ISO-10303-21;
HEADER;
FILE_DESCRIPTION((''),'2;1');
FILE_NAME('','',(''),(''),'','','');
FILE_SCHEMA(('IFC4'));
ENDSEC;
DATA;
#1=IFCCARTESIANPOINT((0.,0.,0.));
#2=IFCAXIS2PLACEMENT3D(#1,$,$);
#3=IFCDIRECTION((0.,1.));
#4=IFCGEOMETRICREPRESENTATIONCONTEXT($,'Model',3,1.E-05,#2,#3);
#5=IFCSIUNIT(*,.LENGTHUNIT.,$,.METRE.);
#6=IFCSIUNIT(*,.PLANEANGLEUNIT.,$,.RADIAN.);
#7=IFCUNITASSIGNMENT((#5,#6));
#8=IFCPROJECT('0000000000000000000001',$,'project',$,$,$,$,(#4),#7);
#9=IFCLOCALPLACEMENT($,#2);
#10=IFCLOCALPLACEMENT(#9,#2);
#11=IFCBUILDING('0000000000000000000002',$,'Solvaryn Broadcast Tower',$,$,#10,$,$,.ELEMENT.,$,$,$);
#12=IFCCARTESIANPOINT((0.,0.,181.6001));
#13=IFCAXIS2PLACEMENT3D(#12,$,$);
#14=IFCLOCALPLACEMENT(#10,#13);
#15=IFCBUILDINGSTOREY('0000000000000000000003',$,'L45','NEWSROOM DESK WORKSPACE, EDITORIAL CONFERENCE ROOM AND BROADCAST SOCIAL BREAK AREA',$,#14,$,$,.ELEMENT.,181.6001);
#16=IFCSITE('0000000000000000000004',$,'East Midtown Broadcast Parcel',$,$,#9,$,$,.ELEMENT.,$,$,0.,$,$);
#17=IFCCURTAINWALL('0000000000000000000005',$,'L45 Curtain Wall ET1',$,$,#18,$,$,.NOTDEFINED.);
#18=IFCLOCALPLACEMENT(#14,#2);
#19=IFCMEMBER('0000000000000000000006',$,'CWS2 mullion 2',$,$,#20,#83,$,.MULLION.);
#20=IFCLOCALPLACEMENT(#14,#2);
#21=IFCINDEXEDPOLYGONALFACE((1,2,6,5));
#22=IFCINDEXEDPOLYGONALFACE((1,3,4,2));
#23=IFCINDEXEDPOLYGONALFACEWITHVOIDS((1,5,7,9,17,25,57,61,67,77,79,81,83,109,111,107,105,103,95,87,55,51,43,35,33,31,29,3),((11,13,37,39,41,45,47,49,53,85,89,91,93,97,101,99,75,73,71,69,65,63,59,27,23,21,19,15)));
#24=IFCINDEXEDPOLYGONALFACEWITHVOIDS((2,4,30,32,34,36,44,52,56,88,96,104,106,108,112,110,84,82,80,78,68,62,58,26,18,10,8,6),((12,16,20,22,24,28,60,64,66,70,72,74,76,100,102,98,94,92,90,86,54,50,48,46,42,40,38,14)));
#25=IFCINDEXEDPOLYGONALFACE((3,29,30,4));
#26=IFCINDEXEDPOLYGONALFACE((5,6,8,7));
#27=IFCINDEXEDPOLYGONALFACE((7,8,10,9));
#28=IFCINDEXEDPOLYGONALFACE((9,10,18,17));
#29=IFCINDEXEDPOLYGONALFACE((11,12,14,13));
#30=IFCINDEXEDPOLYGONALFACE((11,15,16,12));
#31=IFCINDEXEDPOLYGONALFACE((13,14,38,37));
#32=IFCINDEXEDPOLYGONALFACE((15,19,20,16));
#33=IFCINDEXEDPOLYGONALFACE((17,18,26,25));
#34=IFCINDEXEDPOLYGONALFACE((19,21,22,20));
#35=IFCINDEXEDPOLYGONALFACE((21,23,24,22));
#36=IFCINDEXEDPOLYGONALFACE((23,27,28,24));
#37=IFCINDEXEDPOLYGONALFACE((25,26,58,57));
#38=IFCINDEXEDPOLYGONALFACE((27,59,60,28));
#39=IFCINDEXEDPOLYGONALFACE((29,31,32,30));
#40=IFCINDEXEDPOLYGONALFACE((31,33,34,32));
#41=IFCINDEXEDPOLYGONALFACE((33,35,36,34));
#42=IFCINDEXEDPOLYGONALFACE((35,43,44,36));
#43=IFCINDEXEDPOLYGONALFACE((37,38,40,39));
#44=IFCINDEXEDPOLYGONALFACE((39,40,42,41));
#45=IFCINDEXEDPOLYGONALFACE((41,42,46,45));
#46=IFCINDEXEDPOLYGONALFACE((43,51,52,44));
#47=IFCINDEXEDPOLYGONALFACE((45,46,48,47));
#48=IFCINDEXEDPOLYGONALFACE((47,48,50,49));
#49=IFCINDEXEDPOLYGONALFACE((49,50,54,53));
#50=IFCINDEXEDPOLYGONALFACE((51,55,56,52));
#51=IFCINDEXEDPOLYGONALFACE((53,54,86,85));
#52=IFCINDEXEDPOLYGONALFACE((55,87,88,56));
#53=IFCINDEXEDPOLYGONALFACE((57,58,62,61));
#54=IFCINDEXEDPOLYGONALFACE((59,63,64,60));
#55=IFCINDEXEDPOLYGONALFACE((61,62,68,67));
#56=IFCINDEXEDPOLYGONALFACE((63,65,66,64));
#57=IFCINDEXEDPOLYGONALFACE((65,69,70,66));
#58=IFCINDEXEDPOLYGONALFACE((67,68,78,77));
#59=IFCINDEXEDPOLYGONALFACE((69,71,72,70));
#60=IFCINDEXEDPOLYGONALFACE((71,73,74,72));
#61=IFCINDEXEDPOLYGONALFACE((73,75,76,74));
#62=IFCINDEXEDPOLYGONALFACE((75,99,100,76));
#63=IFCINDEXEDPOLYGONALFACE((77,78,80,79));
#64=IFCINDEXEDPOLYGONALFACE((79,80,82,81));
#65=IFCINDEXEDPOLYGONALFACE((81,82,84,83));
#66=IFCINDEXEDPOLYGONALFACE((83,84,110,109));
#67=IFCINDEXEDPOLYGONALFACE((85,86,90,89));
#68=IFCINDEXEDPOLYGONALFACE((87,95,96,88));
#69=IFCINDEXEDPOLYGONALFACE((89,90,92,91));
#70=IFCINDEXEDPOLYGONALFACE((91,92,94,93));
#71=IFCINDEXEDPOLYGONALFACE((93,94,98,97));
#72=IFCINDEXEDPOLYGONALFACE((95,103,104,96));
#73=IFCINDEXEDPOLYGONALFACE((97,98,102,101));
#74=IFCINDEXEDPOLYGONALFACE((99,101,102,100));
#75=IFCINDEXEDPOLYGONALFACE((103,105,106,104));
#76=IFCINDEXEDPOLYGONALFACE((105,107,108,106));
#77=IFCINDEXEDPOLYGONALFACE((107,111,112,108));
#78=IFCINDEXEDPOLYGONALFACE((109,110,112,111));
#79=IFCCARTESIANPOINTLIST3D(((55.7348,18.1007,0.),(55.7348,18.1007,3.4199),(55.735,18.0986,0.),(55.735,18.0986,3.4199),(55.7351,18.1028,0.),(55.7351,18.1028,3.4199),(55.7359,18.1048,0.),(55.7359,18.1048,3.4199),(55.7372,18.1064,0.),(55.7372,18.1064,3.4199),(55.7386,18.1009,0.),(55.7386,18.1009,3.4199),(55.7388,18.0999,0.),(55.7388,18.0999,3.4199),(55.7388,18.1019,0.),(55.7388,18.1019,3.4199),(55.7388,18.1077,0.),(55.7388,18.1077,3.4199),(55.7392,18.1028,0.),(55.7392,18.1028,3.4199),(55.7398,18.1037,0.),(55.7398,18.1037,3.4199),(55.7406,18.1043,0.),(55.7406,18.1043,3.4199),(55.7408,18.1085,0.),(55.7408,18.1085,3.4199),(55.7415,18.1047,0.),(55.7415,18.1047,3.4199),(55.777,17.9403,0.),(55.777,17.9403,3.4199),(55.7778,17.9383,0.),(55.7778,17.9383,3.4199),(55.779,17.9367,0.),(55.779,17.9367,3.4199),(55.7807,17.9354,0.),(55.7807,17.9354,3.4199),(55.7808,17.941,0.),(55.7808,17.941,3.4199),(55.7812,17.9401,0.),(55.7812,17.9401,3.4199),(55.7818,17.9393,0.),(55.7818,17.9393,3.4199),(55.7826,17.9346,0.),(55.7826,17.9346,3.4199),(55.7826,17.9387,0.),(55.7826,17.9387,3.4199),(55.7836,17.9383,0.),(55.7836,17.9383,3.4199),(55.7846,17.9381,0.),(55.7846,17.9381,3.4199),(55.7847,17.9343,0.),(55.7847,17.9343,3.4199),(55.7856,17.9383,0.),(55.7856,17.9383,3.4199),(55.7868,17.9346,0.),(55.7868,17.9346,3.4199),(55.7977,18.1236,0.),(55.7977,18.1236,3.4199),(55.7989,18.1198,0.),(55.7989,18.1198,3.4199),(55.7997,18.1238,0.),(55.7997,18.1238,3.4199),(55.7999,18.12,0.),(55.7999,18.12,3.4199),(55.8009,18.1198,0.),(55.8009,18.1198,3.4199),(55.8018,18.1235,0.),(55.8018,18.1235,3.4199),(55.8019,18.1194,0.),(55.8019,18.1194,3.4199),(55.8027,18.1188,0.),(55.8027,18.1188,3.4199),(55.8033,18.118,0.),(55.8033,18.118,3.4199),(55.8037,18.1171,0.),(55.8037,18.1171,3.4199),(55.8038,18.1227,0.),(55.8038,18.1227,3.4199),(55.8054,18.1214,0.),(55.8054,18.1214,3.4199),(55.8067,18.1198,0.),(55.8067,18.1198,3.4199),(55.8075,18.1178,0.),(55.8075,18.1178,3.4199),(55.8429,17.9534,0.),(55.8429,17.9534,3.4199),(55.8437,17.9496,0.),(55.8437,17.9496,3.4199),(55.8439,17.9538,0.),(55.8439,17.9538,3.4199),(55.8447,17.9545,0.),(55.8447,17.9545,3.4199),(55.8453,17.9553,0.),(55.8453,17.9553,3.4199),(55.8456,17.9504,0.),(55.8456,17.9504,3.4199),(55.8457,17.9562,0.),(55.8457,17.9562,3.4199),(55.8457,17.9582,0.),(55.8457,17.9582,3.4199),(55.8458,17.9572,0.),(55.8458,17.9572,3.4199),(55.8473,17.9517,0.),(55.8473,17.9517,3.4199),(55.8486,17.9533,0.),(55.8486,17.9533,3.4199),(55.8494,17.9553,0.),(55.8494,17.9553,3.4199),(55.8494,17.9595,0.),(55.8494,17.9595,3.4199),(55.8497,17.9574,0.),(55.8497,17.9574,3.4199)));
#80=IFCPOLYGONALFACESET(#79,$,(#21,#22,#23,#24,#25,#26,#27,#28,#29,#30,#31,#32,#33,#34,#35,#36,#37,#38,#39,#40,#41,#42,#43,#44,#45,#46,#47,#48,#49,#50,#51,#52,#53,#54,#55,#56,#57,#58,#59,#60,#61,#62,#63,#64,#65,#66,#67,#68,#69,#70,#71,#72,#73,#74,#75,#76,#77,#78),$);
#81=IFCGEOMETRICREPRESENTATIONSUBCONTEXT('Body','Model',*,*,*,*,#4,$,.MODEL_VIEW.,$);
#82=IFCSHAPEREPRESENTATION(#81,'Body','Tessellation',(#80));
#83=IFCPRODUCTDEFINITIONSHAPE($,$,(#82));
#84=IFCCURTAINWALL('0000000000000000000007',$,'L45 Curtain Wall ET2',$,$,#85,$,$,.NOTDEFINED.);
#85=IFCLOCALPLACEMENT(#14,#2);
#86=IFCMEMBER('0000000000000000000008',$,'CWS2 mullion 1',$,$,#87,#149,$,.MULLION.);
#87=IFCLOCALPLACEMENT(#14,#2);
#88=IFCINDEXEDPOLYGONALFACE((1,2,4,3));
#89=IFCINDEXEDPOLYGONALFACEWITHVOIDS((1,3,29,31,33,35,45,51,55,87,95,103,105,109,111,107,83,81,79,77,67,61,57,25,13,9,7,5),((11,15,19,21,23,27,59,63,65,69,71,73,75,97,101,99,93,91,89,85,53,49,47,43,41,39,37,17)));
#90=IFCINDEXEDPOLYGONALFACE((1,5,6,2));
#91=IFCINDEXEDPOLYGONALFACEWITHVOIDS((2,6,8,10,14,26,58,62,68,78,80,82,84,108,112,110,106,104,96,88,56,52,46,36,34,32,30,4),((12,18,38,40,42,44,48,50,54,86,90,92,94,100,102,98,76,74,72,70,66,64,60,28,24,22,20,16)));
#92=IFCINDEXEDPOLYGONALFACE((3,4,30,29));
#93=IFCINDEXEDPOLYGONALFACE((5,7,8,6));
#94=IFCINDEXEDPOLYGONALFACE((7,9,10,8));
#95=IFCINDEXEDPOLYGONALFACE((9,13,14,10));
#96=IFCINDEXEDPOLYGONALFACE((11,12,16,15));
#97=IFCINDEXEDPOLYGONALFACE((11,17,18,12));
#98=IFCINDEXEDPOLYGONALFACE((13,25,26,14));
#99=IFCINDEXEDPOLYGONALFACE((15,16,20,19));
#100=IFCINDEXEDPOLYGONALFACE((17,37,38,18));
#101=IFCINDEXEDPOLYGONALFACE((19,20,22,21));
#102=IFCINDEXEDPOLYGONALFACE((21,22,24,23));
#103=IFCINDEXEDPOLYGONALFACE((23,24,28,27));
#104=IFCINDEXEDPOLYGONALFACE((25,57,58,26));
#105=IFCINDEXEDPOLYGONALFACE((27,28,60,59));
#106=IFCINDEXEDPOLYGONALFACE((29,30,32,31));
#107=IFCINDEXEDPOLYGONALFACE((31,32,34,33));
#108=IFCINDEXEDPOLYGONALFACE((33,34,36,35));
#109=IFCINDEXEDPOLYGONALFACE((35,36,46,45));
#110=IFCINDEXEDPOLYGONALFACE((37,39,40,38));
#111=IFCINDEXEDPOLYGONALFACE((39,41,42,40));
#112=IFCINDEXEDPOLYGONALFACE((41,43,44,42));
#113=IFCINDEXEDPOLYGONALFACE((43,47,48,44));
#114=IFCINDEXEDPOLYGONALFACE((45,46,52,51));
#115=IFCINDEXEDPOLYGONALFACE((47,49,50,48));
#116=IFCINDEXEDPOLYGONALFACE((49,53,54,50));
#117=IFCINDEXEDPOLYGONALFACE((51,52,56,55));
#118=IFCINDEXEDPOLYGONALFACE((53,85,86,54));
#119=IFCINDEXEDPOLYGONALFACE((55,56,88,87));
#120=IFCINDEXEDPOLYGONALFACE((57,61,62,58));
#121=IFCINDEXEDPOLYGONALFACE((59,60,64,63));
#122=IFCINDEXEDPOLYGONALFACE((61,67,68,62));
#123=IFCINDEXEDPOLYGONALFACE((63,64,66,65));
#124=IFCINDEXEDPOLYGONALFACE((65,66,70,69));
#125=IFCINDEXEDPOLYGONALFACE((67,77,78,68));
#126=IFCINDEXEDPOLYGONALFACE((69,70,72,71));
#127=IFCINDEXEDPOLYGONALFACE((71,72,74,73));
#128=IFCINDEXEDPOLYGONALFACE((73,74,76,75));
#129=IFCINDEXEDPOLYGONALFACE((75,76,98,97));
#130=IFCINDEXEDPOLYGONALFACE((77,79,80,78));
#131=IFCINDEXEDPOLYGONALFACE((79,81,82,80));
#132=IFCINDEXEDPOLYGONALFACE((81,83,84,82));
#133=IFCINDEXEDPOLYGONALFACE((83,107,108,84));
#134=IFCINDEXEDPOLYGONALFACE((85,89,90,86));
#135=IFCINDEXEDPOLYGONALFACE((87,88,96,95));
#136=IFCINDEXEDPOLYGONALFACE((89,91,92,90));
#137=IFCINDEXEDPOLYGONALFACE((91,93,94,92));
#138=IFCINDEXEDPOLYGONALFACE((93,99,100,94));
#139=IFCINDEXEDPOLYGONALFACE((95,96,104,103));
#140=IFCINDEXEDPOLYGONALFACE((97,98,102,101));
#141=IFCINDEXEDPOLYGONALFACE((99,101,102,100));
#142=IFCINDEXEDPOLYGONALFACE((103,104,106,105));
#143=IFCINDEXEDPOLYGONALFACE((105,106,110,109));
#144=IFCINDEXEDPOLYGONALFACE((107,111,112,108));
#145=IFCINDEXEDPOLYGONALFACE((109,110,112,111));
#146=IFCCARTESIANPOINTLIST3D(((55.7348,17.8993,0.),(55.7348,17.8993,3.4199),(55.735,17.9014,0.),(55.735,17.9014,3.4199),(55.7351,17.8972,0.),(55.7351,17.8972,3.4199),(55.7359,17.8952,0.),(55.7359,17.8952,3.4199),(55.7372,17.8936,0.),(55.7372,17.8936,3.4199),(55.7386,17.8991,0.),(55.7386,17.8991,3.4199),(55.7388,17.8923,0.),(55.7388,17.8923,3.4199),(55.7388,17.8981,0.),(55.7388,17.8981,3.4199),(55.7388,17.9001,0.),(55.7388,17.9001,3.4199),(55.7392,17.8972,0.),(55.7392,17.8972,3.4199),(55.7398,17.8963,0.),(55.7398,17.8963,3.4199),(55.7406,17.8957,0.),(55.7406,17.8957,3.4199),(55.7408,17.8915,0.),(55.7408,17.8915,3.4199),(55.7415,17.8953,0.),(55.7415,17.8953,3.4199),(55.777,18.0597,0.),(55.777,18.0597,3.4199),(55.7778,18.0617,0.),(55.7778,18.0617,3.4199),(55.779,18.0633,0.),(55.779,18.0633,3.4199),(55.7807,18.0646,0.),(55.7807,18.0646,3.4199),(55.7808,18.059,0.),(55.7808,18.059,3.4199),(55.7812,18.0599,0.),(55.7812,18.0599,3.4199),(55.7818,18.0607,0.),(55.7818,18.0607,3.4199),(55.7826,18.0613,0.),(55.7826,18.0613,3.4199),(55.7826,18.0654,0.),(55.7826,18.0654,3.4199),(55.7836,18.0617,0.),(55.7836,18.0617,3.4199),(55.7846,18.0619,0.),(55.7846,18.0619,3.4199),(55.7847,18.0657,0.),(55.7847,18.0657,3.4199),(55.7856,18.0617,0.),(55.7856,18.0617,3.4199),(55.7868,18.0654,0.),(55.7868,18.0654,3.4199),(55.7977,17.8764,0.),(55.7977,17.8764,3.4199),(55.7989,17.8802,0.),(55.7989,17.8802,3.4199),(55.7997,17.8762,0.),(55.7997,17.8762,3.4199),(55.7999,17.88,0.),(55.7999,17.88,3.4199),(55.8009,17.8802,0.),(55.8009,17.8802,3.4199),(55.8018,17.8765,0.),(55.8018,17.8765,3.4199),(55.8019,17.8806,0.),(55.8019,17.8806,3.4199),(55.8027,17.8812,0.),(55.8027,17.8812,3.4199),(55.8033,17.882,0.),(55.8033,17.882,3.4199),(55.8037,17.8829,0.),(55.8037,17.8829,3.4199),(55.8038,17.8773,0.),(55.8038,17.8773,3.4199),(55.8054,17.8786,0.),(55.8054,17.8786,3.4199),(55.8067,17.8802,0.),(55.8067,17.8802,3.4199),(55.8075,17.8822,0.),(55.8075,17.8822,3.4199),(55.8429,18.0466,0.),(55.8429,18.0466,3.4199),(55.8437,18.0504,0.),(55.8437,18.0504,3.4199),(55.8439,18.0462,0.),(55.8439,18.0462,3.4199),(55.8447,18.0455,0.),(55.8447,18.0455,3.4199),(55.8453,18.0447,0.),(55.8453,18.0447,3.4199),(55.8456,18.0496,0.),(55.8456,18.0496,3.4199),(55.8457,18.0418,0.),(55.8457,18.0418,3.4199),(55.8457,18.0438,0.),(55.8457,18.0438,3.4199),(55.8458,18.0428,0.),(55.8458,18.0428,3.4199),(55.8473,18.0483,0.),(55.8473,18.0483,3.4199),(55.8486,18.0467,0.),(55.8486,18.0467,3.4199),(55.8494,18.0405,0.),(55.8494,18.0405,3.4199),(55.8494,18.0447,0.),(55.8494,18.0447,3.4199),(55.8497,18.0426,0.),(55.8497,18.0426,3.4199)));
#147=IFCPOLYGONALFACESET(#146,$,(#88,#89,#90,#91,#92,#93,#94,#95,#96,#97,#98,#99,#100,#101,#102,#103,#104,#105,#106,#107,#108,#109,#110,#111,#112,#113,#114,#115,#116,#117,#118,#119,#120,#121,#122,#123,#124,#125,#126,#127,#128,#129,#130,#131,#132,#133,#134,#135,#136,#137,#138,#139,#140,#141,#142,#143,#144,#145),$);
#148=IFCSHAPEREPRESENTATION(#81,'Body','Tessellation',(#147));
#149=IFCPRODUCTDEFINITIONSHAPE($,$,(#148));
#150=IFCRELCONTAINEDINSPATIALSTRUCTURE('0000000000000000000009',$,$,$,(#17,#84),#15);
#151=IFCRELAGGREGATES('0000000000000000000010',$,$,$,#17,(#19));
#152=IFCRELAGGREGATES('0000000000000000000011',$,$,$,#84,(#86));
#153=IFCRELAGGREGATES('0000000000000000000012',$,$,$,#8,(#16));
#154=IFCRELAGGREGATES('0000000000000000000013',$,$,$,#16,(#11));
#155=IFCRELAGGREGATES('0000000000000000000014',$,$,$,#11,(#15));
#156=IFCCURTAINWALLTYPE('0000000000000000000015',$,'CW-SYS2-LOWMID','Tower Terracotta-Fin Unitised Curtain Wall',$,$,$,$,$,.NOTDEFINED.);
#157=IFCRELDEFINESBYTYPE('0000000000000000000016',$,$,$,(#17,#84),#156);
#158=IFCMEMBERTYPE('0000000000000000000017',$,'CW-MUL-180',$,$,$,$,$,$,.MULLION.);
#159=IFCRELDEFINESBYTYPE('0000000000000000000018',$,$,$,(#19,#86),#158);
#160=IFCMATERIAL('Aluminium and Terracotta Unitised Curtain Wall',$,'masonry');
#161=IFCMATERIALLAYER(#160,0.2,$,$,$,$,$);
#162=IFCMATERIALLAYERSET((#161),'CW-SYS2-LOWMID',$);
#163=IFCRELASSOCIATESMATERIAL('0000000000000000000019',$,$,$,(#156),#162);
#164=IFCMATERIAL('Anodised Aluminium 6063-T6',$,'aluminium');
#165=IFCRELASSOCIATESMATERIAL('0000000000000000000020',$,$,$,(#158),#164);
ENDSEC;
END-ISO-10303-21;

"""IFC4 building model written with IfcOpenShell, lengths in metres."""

from ifc_helpers import new_model, si_unit, direction, frame, origin, origin_2d, place, context, subcontext, project, spatial, hollow_rectangle, extrude, material, layer, layer_set, material_profile, profile_set, type_object, element, aggregate, save


model = new_model("IFC4")

# Units and contexts
model_context = context("Model", 3, precision=1e-05, world=origin(), true_north=direction((0.0, 1.0)))
body_context = subcontext(model_context, "Body", "Model", "MODEL_VIEW")
ifc_project = project(units=[si_unit("LENGTHUNIT", "METRE"), si_unit("PLANEANGLEUNIT", "RADIAN")], contexts=[model_context])

# Site, building, storey
site_placement = place(None, origin())
site = spatial("IfcSite", under=ifc_project, at=site_placement, Name="East Midtown Broadcast Parcel", CompositionType="ELEMENT", RefElevation=0.0)
building_placement = place(site_placement, origin())
building = spatial("IfcBuilding", under=site, at=building_placement, Name="Solvaryn Broadcast Tower", CompositionType="ELEMENT")
storey_placement = place(building_placement, frame((0.0, 0.0, 181.6001)))
storey = spatial("IfcBuildingStorey", under=building, at=storey_placement, Name="L45", Description="NEWSROOM DESK WORKSPACE, EDITORIAL CONFERENCE ROOM AND BROADCAST SOCIAL BREAK AREA", CompositionType="ELEMENT", Elevation=181.6001)

# Curtain wall, member
ifc_material_1 = material(Name="Aluminium and Terracotta Unitised Curtain Wall", Category="masonry")
ifc_layer_1 = layer(ifc_material_1, 0.2)
ifc_layer_set_1 = layer_set([ifc_layer_1], Name="CW-SYS2-LOWMID")
curtain_wall_type = type_object("IfcCurtainWallType", Name="CW-SYS2-LOWMID", Description="Tower Terracotta-Fin Unitised Curtain Wall", PredefinedType="NOTDEFINED", material=ifc_layer_set_1)
ifc_material_2 = material(Name="Anodised Aluminium 6063-T6", Category="aluminium")
ifc_material_profile_1 = material_profile(ifc_material_2, hollow_rectangle(XDim=0.075, YDim=0.1799, WallThickness=0.0039, InnerFilletRadius=0.0039, OuterFilletRadius=0.0081, at=origin_2d()))
ifc_profile_set_1 = profile_set([ifc_material_profile_1], Name="Anodised Aluminium 6063-T6")
member_type_1 = type_object("IfcMemberType", Name="CW-MUL-180", PredefinedType="MULLION", material=ifc_profile_set_1)
curtain_wall_1_placement = place(storey_placement, origin())
curtain_wall_1 = element("IfcCurtainWall", 1, at=curtain_wall_1_placement, inside=storey, type_object=curtain_wall_type, Name="L45 Curtain Wall ET1", PredefinedType="NOTDEFINED")
member_1_placement = place(storey_placement, frame((55.7922, 18.0291, 0.0), z_axis=(0.0, 0.0, 1.0), x_axis=(0.966705, 0.255893, 0.0)))
member_1 = element("IfcMember", 2, at=member_1_placement, type_object=member_type_1, Name="CWS2 mullion 2", PredefinedType="MULLION", context=body_context, shape_type="SweptSolid", body=[
    extrude(hollow_rectangle(XDim=0.075, YDim=0.1799, WallThickness=0.0039, InnerFilletRadius=0.0039, OuterFilletRadius=0.0081, at=origin_2d()), origin(), (0.0, 0.0, 1.0), 3.4199),
])
aggregate(curtain_wall_1, [member_1])

# Curtain wall, member
curtain_wall_2_placement = place(storey_placement, origin())
curtain_wall_2 = element("IfcCurtainWall", 3, at=curtain_wall_2_placement, inside=storey, type_object=curtain_wall_type, Name="L45 Curtain Wall ET2", PredefinedType="NOTDEFINED")
member_2_placement = place(storey_placement, frame((55.7922, 17.9709, 0.0), z_axis=(0.0, 0.0, 1.0), x_axis=(0.966705, -0.255893, 0.0)))
member_2 = element("IfcMember", 4, at=member_2_placement, type_object=member_type_1, Name="CWS2 mullion 1", PredefinedType="MULLION", context=body_context, shape_type="SweptSolid", body=[
    extrude(hollow_rectangle(XDim=0.075, YDim=0.1799, WallThickness=0.0039, InnerFilletRadius=0.0039, OuterFilletRadius=0.0081, at=origin_2d()), origin(), (0.0, 0.0, 1.0), 3.4199),
])

aggregate(curtain_wall_2, [member_2])

save(model, "model.ifc")
